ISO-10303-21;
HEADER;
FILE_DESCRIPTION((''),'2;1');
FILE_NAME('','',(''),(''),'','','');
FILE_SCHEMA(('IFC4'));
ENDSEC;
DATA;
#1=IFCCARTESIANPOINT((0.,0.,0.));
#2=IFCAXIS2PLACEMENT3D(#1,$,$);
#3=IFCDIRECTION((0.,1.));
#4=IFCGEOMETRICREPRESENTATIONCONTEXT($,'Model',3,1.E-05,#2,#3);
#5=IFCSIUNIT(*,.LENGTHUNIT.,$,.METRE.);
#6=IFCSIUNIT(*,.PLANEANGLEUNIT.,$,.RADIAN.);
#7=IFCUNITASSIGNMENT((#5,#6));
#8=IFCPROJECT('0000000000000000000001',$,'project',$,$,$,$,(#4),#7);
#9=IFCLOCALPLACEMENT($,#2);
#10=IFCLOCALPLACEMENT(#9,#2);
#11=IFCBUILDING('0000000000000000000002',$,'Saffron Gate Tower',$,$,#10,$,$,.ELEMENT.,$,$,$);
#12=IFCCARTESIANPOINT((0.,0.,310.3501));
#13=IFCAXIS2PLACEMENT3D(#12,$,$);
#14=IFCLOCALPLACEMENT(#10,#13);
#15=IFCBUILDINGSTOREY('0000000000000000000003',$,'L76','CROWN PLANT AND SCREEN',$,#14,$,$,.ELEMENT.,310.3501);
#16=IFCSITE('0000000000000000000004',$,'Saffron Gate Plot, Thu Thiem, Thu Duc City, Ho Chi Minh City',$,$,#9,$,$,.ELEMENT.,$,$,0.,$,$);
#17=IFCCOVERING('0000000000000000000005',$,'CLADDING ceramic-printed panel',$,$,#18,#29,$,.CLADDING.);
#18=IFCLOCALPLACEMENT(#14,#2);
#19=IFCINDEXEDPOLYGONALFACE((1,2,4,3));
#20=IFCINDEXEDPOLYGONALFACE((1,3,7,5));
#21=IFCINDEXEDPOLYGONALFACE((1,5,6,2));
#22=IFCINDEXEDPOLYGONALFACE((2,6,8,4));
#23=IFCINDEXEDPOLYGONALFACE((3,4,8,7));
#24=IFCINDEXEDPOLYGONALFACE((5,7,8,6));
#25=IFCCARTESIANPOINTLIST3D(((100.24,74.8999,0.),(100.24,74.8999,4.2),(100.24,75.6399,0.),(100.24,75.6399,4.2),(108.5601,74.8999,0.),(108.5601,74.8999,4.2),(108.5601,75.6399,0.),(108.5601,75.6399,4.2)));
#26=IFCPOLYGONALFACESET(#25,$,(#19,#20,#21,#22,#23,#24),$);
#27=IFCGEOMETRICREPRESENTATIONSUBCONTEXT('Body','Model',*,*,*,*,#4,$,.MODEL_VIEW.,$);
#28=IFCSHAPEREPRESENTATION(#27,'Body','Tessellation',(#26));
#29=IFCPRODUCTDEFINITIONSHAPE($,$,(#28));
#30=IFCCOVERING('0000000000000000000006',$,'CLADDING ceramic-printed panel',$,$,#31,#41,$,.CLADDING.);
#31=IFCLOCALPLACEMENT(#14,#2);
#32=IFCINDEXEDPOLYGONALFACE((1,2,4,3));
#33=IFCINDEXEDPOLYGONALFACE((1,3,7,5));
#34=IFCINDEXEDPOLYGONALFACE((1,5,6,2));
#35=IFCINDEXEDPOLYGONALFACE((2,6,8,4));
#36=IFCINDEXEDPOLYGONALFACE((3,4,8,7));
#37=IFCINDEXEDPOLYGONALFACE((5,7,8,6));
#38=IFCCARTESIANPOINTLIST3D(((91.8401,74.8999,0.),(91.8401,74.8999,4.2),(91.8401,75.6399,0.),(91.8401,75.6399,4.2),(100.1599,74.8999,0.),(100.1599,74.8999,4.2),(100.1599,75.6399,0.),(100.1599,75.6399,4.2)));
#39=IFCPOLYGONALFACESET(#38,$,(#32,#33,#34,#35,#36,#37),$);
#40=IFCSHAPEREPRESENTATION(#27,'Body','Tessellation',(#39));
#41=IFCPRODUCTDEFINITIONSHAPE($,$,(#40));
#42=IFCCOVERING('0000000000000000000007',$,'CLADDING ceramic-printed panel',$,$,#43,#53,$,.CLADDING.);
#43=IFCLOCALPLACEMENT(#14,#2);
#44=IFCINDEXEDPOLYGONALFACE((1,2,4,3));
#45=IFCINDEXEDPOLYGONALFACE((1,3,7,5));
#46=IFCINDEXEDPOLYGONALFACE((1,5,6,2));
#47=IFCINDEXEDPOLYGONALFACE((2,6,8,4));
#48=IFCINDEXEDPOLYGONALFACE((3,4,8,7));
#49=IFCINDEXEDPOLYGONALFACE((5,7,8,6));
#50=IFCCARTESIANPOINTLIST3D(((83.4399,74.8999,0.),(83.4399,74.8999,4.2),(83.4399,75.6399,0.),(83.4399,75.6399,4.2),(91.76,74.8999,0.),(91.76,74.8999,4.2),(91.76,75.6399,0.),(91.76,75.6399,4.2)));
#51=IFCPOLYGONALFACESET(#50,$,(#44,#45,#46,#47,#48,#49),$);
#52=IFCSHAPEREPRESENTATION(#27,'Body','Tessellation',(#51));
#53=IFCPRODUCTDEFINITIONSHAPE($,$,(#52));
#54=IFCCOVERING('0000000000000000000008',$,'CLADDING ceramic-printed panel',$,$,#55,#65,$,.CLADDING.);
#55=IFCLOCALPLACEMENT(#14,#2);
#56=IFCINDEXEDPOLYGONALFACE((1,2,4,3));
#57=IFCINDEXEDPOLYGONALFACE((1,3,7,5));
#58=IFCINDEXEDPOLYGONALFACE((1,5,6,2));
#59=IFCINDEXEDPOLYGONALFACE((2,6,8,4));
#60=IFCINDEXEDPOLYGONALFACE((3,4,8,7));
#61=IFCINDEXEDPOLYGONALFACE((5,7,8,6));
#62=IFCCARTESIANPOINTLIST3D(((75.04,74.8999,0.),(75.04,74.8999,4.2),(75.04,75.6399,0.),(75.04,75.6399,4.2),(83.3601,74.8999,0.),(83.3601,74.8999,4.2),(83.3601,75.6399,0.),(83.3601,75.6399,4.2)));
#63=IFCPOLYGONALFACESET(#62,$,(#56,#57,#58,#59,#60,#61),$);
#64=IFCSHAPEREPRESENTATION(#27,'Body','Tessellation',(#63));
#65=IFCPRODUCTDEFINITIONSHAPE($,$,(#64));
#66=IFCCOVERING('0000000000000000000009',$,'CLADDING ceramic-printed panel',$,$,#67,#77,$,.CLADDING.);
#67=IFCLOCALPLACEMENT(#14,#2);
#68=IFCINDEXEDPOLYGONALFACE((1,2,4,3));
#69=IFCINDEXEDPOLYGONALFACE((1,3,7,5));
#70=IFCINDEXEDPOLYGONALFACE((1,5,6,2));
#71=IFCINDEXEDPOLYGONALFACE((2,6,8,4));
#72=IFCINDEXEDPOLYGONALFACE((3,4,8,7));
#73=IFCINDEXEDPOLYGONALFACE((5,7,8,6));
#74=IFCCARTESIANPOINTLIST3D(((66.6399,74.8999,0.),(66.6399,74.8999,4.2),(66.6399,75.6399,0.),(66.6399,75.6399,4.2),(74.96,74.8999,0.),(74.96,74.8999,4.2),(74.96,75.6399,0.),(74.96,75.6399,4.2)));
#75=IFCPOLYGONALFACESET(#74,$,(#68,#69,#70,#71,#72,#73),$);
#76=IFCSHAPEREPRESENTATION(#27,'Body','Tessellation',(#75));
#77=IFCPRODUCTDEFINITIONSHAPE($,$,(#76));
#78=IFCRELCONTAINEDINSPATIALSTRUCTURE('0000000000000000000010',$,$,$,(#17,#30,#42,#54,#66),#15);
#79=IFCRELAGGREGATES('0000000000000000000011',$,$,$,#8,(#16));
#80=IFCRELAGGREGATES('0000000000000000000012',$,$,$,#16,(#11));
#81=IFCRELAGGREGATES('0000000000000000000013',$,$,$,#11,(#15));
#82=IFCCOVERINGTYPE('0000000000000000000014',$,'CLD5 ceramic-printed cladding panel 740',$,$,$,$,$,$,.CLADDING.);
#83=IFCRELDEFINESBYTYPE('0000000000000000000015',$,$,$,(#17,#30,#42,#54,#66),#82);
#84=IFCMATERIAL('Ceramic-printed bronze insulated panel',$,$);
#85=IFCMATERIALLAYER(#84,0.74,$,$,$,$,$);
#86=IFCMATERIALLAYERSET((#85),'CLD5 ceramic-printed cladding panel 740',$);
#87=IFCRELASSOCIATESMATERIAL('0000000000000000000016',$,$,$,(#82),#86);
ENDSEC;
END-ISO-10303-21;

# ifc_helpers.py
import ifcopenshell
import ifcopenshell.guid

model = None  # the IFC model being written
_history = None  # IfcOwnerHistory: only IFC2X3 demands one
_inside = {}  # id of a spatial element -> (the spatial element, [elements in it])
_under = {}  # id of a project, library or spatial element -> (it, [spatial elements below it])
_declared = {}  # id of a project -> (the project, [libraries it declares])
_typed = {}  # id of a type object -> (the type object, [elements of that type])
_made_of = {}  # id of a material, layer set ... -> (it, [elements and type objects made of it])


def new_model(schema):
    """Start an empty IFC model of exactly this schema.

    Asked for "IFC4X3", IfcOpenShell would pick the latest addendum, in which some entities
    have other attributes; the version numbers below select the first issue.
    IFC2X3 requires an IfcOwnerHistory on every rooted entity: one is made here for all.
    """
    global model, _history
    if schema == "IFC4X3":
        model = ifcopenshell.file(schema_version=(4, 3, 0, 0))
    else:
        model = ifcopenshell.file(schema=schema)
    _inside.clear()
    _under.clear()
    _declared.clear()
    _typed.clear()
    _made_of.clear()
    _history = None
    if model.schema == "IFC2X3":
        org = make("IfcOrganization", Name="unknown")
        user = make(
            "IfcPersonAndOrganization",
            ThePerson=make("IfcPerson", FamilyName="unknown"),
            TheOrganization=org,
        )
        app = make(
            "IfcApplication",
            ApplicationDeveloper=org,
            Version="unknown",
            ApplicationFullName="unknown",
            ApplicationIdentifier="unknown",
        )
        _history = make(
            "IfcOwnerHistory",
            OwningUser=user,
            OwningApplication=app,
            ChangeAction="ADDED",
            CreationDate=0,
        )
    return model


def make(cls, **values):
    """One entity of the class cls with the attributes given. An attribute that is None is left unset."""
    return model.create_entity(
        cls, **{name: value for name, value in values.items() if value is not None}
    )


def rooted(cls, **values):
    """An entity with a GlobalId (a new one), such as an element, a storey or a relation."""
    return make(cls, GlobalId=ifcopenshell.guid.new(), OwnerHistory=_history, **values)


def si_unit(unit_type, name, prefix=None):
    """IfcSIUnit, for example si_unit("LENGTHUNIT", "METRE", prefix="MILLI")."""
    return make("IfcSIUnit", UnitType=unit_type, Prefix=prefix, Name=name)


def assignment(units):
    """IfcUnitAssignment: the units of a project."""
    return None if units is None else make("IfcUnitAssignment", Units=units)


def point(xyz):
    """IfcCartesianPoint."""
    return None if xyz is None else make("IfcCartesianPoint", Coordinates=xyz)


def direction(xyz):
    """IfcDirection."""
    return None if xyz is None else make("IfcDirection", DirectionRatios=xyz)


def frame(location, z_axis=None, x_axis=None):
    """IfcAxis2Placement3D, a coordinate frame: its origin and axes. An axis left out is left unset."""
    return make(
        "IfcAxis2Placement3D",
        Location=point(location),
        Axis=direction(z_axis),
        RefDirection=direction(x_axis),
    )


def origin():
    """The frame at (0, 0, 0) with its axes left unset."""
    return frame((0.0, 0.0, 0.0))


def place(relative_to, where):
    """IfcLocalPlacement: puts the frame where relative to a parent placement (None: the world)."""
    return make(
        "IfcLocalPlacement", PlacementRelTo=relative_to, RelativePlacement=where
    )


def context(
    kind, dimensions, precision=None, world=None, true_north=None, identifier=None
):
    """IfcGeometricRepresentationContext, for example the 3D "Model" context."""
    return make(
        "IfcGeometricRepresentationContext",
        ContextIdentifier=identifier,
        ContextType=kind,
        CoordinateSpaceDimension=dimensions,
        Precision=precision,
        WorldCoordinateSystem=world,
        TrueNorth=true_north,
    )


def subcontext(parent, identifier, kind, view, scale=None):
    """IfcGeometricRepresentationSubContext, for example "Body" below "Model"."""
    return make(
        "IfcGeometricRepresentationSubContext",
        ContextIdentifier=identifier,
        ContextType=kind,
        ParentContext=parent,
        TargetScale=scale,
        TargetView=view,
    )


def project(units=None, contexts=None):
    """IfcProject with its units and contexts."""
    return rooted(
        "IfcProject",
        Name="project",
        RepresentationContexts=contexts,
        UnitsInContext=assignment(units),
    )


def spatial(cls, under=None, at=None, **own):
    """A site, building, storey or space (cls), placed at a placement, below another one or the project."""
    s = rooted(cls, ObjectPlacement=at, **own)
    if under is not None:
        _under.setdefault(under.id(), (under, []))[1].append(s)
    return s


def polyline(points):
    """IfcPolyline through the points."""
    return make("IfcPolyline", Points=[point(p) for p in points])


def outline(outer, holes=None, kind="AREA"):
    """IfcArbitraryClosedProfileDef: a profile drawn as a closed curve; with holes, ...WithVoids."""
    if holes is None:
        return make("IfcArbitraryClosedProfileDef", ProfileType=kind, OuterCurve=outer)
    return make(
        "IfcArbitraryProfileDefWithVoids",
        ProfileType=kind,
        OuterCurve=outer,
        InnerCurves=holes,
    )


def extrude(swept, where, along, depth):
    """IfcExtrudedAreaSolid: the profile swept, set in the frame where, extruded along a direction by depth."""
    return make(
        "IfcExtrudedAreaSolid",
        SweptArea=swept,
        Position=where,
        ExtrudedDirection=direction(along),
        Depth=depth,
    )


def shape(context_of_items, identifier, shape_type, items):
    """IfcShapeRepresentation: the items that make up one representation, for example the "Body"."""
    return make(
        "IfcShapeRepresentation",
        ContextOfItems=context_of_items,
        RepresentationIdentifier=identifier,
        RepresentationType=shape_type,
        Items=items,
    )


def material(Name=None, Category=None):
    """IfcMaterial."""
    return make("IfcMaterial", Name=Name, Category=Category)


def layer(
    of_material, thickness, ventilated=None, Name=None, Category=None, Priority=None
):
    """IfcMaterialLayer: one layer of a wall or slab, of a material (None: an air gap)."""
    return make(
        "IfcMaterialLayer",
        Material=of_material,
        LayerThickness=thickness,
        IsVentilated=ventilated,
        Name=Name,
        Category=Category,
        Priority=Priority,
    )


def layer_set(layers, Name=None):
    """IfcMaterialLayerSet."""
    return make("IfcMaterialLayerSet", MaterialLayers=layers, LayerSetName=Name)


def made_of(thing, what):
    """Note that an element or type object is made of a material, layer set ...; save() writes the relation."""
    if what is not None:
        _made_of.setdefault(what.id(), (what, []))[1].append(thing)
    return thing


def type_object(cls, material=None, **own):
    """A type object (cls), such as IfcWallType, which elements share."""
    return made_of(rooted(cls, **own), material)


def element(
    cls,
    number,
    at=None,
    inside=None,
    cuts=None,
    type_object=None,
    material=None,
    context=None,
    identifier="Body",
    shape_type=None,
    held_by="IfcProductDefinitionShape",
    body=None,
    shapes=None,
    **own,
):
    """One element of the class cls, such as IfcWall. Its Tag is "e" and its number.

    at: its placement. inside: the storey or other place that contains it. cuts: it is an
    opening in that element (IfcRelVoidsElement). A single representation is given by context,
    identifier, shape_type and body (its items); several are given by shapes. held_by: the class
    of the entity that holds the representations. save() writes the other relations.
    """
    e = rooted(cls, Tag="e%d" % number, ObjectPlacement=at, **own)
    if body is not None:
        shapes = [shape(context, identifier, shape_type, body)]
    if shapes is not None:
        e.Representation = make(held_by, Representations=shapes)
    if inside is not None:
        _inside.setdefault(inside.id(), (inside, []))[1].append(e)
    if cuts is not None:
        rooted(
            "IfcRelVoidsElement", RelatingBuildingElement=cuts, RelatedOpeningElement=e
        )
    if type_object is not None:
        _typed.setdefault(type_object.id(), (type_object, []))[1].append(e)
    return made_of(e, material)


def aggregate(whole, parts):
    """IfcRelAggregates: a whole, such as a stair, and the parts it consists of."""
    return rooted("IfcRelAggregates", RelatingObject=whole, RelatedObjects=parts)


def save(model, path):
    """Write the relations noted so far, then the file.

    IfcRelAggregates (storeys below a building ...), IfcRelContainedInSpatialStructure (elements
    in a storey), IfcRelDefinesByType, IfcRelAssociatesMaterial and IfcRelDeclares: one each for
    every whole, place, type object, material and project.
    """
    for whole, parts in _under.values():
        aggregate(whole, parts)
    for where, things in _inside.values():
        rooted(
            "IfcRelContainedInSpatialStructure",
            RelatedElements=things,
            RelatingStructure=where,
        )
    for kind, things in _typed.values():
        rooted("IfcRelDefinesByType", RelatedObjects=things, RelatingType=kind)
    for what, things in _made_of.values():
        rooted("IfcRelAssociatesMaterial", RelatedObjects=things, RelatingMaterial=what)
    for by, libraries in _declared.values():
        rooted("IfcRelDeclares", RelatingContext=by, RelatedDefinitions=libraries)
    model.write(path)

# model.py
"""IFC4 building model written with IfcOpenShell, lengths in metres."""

from ifc_helpers import new_model, si_unit, direction, frame, origin, place, context, subcontext, project, spatial, polyline, outline, extrude, material, layer, layer_set, type_object, element, save


model = new_model("IFC4")

# Units and contexts
model_context = context("Model", 3, precision=1e-05, world=origin(), true_north=direction((0.0, 1.0)))
body_context = subcontext(model_context, "Body", "Model", "MODEL_VIEW")
ifc_project = project(units=[si_unit("LENGTHUNIT", "METRE"), si_unit("PLANEANGLEUNIT", "RADIAN")], contexts=[model_context])

# Site, building, storey
site_placement = place(None, origin())
site = spatial("IfcSite", under=ifc_project, at=site_placement, Name="Saffron Gate Plot, Thu Thiem, Thu Duc City, Ho Chi Minh City", CompositionType="ELEMENT", RefElevation=0.0)
building_placement = place(site_placement, origin())
building = spatial("IfcBuilding", under=site, at=building_placement, Name="Saffron Gate Tower", CompositionType="ELEMENT")
storey_placement = place(building_placement, frame((0.0, 0.0, 310.3501)))
storey = spatial("IfcBuildingStorey", under=building, at=storey_placement, Name="L76", Description="CROWN PLANT AND SCREEN", CompositionType="ELEMENT", Elevation=310.3501)

# Coverings
ifc_material_1 = material(Name="Ceramic-printed bronze insulated panel")
ifc_layer_1 = layer(ifc_material_1, 0.74)
ifc_layer_set_1 = layer_set([ifc_layer_1], Name="CLD5 ceramic-printed cladding panel 740")
covering_type = type_object("IfcCoveringType", Name="CLD5 ceramic-printed cladding panel 740", PredefinedType="CLADDING", material=ifc_layer_set_1)
covering_1_placement = place(storey_placement, origin())
element("IfcCovering", 1, at=covering_1_placement, inside=storey, type_object=covering_type, Name="CLADDING ceramic-printed panel", PredefinedType="CLADDING", context=body_context, shape_type="SweptSolid", body=[
    extrude(outline(polyline([(108.5601, 75.6399), (100.24, 75.6399), (100.24, 74.8999), (108.5601, 74.8999), (108.5601, 75.6399)])), origin(), (0.0, 0.0, 1.0), 4.2),
])
covering_2_placement = place(storey_placement, origin())
element("IfcCovering", 2, at=covering_2_placement, inside=storey, type_object=covering_type, Name="CLADDING ceramic-printed panel", PredefinedType="CLADDING", context=body_context, shape_type="SweptSolid", body=[
    extrude(outline(polyline([(100.1599, 75.6399), (91.8401, 75.6399), (91.8401, 74.8999), (100.1599, 74.8999), (100.1599, 75.6399)])), origin(), (0.0, 0.0, 1.0), 4.2),
])
covering_3_placement = place(storey_placement, origin())
element("IfcCovering", 3, at=covering_3_placement, inside=storey, type_object=covering_type, Name="CLADDING ceramic-printed panel", PredefinedType="CLADDING", context=body_context, shape_type="SweptSolid", body=[
    extrude(outline(polyline([(91.76, 75.6399), (83.4399, 75.6399), (83.4399, 74.8999), (91.76, 74.8999), (91.76, 75.6399)])), origin(), (0.0, 0.0, 1.0), 4.2),
])
covering_4_placement = place(storey_placement, origin())
element("IfcCovering", 4, at=covering_4_placement, inside=storey, type_object=covering_type, Name="CLADDING ceramic-printed panel", PredefinedType="CLADDING", context=body_context, shape_type="SweptSolid", body=[
    extrude(outline(polyline([(83.3601, 75.6399), (75.04, 75.6399), (75.04, 74.8999), (83.3601, 74.8999), (83.3601, 75.6399)])), origin(), (0.0, 0.0, 1.0), 4.2),
])
covering_5_placement = place(storey_placement, origin())
element("IfcCovering", 5, at=covering_5_placement, inside=storey, type_object=covering_type, Name="CLADDING ceramic-printed panel", PredefinedType="CLADDING", context=body_context, shape_type="SweptSolid", body=[
    extrude(outline(polyline([(74.96, 75.6399), (66.6399, 75.6399), (66.6399, 74.8999), (74.96, 74.8999), (74.96, 75.6399)])), origin(), (0.0, 0.0, 1.0), 4.2),
])

save(model, "model.ifc")
